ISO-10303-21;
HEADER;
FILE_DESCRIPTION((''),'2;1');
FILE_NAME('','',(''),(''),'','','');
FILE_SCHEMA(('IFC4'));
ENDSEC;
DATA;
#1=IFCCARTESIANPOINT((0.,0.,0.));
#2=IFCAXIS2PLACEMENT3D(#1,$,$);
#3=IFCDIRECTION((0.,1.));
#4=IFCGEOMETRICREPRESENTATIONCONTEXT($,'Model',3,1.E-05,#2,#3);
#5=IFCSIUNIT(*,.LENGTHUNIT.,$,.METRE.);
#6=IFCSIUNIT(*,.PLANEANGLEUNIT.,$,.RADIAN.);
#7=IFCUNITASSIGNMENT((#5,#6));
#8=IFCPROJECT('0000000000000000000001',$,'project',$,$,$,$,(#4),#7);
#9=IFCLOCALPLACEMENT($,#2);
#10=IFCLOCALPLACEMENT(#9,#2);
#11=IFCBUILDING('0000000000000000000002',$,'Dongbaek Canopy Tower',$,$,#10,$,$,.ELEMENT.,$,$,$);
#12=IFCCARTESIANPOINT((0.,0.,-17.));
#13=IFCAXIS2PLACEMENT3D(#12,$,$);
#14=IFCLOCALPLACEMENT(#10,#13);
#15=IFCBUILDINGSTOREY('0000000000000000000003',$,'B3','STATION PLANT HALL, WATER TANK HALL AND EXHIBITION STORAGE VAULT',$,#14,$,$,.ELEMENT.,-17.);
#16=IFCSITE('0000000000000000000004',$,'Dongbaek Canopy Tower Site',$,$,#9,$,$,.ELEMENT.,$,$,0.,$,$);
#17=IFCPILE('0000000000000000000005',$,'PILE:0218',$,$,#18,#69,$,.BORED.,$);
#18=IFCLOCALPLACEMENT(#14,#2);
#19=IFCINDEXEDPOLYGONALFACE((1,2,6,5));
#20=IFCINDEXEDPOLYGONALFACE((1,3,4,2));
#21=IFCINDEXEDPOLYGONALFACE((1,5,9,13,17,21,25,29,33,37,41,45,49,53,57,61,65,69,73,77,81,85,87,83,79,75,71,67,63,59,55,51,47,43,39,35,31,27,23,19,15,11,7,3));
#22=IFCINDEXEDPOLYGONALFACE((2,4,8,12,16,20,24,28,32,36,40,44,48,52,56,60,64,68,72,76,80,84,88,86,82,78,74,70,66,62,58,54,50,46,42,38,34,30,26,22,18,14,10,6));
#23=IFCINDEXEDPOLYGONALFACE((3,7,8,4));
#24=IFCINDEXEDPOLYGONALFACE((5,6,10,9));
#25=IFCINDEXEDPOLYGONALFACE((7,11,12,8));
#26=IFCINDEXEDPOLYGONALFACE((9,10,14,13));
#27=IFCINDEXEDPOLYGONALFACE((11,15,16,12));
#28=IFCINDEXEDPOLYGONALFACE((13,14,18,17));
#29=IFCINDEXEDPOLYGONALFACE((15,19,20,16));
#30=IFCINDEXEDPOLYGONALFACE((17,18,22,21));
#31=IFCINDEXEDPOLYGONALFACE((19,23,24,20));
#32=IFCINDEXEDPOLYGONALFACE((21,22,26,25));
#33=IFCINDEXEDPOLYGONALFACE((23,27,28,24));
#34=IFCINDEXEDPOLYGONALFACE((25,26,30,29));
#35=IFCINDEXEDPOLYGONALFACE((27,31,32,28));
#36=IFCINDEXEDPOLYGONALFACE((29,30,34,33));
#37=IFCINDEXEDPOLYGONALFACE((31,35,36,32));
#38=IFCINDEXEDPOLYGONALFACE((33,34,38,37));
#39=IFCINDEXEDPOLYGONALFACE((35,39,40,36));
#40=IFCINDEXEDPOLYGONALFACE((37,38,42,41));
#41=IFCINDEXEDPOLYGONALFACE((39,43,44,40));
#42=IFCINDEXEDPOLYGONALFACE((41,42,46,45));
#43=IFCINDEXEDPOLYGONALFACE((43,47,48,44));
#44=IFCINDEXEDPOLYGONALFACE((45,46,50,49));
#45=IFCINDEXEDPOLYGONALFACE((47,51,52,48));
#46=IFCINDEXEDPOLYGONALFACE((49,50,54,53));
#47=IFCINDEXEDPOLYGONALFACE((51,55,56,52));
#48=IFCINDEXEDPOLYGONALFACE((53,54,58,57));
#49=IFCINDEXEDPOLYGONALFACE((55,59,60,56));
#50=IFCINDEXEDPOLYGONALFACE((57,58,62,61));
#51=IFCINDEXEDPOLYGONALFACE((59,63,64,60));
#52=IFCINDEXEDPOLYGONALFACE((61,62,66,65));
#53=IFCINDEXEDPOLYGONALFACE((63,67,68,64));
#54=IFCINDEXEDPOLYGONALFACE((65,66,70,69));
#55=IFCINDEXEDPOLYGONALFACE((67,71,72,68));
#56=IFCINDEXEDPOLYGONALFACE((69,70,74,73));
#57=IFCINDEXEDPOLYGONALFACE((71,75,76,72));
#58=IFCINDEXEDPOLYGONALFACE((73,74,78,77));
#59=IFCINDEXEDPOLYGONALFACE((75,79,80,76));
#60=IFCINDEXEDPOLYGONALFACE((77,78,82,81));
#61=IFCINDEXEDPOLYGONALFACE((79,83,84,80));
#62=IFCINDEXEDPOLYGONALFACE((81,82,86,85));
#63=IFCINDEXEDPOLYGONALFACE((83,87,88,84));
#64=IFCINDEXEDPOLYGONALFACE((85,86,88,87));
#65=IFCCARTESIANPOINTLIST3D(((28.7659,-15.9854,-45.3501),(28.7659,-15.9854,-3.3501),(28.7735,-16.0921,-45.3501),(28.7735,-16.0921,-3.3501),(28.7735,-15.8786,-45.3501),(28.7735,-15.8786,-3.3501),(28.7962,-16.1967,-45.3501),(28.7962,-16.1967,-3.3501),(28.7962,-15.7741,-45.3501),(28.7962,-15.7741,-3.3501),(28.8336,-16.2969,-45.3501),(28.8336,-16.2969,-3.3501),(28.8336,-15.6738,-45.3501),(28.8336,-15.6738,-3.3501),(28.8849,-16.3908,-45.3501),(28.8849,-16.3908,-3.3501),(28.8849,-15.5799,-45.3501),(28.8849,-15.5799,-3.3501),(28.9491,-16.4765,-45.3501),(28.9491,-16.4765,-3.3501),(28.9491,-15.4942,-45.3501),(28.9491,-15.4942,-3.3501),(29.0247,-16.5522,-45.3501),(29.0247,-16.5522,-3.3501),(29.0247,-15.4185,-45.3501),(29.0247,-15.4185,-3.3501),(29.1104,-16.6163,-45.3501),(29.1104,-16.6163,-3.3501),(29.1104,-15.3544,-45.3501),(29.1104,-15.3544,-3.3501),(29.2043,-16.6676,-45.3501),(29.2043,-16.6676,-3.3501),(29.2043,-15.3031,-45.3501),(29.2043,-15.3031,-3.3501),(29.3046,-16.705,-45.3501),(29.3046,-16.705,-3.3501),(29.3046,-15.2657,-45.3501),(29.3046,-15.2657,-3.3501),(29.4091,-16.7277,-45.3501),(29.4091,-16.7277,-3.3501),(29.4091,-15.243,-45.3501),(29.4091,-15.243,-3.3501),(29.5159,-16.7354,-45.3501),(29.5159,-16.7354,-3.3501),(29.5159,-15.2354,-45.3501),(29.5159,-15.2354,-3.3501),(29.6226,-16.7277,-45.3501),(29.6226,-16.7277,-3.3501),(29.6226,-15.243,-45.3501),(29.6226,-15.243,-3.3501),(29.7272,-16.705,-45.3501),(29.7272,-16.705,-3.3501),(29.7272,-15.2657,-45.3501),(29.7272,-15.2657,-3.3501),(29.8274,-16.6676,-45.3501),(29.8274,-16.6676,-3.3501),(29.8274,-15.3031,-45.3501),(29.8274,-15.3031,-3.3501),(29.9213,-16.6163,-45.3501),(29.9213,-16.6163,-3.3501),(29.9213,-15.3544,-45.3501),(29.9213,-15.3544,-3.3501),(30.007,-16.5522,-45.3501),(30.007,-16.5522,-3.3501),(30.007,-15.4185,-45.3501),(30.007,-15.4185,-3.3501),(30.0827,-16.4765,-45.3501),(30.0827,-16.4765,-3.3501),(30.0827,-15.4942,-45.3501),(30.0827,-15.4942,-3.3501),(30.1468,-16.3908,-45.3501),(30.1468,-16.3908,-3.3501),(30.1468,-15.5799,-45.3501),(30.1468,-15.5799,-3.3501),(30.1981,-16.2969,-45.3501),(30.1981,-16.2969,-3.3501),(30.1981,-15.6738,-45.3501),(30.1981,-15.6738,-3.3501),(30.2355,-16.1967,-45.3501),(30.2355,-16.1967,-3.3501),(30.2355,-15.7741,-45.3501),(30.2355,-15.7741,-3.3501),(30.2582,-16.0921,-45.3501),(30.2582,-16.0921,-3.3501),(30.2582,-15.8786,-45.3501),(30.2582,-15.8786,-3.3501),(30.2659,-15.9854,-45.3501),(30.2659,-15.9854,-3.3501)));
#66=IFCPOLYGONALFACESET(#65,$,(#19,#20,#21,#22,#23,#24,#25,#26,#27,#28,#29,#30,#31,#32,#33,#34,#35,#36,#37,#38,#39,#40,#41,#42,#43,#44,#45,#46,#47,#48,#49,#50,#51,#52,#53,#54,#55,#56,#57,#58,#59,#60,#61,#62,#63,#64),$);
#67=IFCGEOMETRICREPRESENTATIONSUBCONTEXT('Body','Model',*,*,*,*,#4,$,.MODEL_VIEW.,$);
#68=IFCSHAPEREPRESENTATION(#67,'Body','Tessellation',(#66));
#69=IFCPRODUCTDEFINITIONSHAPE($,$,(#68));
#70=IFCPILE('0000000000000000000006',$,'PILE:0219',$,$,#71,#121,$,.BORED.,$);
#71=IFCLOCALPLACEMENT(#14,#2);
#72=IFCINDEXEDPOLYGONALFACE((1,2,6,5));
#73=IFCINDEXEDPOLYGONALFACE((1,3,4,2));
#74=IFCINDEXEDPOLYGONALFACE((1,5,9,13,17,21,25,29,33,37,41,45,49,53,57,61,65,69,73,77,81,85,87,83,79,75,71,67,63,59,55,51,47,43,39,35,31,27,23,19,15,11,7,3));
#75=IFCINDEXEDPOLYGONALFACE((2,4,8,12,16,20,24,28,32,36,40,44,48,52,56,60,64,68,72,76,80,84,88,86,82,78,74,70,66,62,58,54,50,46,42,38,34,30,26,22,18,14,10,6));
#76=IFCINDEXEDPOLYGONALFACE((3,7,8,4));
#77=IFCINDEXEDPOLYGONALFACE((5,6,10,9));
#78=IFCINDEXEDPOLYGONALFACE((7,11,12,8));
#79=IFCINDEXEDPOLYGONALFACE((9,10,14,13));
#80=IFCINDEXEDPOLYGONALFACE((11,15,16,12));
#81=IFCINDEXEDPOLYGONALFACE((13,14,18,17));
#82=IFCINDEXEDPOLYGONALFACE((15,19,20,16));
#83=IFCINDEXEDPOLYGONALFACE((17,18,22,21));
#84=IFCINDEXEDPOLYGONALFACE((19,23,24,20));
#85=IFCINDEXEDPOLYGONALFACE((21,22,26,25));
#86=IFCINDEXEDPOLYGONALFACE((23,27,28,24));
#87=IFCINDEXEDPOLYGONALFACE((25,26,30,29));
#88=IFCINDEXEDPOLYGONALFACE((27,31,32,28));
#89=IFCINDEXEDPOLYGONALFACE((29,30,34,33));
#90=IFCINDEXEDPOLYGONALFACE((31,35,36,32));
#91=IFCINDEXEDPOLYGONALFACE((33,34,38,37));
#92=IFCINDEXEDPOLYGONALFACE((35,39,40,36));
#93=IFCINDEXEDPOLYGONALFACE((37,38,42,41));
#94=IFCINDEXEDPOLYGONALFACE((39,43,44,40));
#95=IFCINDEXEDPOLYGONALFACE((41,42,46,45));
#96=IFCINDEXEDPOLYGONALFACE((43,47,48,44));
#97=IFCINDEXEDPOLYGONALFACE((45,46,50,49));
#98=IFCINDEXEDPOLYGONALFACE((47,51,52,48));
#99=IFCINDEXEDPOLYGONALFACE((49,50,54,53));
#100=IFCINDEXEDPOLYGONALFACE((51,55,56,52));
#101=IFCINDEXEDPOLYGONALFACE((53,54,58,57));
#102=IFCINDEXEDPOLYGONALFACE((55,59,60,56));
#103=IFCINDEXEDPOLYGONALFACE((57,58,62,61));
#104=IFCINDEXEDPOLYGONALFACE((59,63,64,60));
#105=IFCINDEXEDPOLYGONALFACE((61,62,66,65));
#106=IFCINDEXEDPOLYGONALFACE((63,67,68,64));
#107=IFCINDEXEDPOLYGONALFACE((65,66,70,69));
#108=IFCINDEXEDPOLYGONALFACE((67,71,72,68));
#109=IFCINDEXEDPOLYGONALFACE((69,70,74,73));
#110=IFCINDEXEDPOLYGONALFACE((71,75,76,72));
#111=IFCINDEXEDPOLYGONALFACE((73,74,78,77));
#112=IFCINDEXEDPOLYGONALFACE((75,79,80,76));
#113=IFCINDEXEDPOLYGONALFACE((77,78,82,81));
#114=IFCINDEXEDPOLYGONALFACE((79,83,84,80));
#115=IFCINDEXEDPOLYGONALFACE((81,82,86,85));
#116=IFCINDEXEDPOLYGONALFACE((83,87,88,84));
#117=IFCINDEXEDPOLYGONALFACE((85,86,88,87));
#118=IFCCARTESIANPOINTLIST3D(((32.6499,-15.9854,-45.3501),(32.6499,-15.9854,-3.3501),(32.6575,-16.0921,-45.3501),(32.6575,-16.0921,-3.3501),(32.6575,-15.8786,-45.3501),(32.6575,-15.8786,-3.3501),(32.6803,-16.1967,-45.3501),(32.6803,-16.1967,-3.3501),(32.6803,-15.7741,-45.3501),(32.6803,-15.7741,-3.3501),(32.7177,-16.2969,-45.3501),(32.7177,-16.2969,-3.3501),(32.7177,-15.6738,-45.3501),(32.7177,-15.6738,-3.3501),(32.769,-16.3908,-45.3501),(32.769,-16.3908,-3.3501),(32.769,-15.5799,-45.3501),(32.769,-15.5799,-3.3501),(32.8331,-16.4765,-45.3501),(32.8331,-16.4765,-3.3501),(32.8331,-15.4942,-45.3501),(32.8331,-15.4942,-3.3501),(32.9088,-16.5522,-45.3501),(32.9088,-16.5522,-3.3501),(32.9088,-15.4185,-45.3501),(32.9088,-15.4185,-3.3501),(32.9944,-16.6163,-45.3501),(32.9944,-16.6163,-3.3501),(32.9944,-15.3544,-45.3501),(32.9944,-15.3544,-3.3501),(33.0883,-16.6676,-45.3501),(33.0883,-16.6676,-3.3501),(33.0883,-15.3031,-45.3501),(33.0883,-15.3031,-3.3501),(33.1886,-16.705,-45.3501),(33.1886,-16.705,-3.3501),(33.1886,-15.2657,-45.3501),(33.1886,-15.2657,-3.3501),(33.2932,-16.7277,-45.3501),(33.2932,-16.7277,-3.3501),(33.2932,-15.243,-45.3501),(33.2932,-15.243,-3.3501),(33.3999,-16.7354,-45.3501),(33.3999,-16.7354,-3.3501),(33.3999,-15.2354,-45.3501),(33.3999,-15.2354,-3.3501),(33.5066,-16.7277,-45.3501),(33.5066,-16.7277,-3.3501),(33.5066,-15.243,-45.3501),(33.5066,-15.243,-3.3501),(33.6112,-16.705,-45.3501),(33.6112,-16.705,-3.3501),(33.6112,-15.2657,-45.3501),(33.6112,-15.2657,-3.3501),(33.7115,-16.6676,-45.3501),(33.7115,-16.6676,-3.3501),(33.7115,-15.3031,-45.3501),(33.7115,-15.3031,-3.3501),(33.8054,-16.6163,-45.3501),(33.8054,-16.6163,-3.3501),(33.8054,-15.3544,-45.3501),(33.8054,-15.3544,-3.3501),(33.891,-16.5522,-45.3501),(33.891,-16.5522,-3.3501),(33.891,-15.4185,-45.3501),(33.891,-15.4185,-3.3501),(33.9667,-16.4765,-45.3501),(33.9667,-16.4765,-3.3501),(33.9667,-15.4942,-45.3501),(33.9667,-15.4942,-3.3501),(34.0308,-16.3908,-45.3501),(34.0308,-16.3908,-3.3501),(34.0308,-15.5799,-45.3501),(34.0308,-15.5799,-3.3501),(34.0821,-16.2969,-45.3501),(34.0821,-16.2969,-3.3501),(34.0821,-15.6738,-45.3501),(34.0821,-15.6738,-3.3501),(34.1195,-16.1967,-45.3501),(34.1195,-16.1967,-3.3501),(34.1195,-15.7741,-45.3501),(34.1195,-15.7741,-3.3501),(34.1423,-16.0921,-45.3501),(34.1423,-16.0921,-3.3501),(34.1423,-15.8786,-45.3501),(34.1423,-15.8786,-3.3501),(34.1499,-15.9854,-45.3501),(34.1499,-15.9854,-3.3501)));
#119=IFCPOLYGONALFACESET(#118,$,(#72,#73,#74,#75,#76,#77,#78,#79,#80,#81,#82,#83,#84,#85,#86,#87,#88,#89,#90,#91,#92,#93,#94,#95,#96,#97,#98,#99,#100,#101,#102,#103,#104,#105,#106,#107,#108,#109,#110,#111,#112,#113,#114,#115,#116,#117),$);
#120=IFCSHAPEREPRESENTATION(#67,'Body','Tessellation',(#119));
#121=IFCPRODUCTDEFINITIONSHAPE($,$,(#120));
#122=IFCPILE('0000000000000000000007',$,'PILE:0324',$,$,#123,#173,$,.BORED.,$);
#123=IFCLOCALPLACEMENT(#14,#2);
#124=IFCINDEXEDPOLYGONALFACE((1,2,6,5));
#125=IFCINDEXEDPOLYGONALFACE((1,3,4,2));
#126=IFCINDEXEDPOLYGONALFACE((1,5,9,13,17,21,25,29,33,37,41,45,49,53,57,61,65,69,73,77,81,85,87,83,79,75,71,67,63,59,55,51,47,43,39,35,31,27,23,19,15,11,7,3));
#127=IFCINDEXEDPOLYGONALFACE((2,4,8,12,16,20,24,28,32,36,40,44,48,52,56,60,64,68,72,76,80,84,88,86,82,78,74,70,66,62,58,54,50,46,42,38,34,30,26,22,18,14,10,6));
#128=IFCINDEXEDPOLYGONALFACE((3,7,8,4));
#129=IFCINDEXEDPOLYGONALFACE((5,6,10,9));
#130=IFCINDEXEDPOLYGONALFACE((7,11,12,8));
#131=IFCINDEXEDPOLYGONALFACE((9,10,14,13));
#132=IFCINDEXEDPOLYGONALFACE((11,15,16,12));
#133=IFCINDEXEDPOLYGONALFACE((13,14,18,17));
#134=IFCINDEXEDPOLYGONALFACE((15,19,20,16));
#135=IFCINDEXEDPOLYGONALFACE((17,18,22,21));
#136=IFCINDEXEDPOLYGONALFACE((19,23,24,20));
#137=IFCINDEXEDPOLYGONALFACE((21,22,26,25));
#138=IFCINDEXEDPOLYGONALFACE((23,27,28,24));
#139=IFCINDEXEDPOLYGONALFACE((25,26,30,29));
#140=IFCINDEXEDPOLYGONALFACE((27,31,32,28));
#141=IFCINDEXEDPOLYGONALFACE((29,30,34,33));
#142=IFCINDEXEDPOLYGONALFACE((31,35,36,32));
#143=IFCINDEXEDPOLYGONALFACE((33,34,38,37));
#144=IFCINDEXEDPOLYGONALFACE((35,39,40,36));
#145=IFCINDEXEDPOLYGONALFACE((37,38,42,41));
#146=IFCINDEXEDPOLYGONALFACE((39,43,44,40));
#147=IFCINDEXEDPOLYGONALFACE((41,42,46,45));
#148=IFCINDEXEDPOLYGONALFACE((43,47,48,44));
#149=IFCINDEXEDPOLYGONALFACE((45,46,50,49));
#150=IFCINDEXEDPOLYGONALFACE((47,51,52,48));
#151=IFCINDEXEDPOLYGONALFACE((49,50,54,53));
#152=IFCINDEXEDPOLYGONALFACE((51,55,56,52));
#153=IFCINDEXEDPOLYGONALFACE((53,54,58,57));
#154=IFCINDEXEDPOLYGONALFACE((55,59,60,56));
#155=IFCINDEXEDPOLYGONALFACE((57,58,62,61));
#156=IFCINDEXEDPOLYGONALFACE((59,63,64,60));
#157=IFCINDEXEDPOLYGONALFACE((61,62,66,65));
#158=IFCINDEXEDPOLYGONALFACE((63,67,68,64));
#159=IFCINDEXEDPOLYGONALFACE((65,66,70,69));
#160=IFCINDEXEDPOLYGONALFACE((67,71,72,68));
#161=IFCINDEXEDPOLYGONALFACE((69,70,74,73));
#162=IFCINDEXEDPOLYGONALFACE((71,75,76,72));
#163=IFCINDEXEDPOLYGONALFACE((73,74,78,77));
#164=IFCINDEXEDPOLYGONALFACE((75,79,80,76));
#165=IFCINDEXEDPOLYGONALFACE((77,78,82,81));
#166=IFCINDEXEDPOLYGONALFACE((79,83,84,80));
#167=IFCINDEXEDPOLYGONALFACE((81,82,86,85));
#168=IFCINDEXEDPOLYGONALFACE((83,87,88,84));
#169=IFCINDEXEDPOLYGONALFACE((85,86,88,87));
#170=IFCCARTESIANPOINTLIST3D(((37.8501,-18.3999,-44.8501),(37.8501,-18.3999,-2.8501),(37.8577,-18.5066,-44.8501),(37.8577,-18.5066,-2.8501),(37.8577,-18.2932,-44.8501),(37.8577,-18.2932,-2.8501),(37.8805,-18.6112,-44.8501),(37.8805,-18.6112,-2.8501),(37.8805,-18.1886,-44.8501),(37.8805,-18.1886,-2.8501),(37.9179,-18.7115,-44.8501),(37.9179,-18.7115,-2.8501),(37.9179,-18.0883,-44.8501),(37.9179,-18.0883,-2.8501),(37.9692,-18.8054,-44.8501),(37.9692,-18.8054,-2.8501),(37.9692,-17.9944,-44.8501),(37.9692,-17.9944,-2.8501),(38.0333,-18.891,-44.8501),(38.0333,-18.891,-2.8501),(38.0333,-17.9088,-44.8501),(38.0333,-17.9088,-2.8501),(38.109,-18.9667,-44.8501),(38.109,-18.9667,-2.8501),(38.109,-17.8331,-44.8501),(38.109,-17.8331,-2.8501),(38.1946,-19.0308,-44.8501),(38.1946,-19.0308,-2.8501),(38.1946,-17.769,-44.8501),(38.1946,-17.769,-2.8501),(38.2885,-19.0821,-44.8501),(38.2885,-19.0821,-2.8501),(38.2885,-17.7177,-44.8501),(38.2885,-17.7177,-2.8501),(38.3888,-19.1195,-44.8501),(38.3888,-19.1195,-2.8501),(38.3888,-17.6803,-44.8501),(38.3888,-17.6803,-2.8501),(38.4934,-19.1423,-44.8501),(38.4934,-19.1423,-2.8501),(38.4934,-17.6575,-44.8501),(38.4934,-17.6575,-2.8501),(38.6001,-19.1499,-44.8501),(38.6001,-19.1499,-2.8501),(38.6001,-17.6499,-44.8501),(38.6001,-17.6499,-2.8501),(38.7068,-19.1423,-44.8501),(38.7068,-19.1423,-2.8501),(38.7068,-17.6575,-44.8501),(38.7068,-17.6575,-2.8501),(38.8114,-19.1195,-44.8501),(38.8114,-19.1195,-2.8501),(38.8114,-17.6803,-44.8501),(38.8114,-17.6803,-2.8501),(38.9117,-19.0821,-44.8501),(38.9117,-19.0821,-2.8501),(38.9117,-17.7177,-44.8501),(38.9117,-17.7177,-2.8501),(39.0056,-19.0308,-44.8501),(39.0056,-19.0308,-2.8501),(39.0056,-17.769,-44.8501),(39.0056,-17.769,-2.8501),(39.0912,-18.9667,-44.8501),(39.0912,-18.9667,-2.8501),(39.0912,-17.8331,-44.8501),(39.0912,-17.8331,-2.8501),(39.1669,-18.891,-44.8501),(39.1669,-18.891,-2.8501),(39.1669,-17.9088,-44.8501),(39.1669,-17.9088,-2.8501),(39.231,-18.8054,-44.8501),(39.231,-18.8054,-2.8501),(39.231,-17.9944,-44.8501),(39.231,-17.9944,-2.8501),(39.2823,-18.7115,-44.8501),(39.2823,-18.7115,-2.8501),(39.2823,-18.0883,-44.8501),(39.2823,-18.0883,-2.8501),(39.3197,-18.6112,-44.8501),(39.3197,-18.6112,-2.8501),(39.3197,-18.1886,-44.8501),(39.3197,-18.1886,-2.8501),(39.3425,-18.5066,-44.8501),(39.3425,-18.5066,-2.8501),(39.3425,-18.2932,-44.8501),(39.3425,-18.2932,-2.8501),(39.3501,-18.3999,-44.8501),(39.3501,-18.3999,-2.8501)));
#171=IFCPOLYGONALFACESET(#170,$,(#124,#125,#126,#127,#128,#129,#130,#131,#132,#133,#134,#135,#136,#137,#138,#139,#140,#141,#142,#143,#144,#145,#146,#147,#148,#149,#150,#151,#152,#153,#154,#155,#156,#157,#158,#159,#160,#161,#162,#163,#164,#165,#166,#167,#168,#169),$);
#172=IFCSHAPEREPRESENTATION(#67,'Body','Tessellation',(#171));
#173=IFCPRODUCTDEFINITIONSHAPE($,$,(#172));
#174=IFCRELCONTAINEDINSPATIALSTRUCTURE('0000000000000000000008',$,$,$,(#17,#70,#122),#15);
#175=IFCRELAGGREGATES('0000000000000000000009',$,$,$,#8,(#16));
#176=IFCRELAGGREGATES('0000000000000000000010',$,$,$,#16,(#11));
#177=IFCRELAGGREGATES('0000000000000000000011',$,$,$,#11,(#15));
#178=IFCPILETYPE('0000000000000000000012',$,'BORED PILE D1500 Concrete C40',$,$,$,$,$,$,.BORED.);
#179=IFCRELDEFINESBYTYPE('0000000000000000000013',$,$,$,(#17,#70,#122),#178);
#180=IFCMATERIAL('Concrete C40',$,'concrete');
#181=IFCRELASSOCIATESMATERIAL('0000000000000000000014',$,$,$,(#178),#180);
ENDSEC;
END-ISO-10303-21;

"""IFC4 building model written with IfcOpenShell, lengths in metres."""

from ifc_helpers import new_model, si_unit, direction, frame, origin, origin_2d, place, context, subcontext, project, spatial, circle, extrude, material, material_profile, profile_set, type_object, element, save


model = new_model("IFC4")

# Units and contexts
model_context = context("Model", 3, precision=1e-05, world=origin(), true_north=direction((0.0, 1.0)))
body_context = subcontext(model_context, "Body", "Model", "MODEL_VIEW")
ifc_project = project(units=[si_unit("LENGTHUNIT", "METRE"), si_unit("PLANEANGLEUNIT", "RADIAN")], contexts=[model_context])

# Site, building, storey
site_placement = place(None, origin())
site = spatial("IfcSite", under=ifc_project, at=site_placement, Name="Dongbaek Canopy Tower Site", CompositionType="ELEMENT", RefElevation=0.0)
building_placement = place(site_placement, origin())
building = spatial("IfcBuilding", under=site, at=building_placement, Name="Dongbaek Canopy Tower", CompositionType="ELEMENT")
storey_placement = place(building_placement, frame((0.0, 0.0, -17.0)))
storey = spatial("IfcBuildingStorey", under=building, at=storey_placement, Name="B3", Description="STATION PLANT HALL, WATER TANK HALL AND EXHIBITION STORAGE VAULT", CompositionType="ELEMENT", Elevation=-17.0)

# Piles
ifc_material_1 = material(Name="Concrete C40", Category="concrete")
ifc_material_profile_1 = material_profile(ifc_material_1, circle(Radius=0.75, at=origin_2d()), Name="BORED PILE D1500 Concrete C40")
ifc_profile_set_1 = profile_set([ifc_material_profile_1], Name="Concrete C40")
pile_type = type_object("IfcPileType", Name="BORED PILE D1500 Concrete C40", PredefinedType="BORED", material=ifc_profile_set_1)
for number, where, z_axis, x_axis, name in (
    (1, (29.5159, -15.9854, -3.3501), (0.0, 0.0, -1.0), (1.0, 0.0, 0.0), "PILE:0218"),
    (2, (33.3999, -15.9854, -3.3501), (0.0, 0.0, -1.0), (1.0, 0.0, 0.0), "PILE:0219"),
    (3, (38.6001, -18.3999, -2.8501), (0.0, 0.0, -1.0), (1.0, 0.0, 0.0), "PILE:0324"),
):
    element("IfcPile", number, at=place(storey_placement, frame(where, z_axis=z_axis, x_axis=x_axis)), inside=storey, type_object=pile_type, Name=name, PredefinedType="BORED", context=body_context, shape_type="SweptSolid", body=[
        extrude(circle(Radius=0.75, at=origin_2d()), origin(), (0.0, 0.0, 1.0), 42.0),
    ])

save(model, "model.ifc")
